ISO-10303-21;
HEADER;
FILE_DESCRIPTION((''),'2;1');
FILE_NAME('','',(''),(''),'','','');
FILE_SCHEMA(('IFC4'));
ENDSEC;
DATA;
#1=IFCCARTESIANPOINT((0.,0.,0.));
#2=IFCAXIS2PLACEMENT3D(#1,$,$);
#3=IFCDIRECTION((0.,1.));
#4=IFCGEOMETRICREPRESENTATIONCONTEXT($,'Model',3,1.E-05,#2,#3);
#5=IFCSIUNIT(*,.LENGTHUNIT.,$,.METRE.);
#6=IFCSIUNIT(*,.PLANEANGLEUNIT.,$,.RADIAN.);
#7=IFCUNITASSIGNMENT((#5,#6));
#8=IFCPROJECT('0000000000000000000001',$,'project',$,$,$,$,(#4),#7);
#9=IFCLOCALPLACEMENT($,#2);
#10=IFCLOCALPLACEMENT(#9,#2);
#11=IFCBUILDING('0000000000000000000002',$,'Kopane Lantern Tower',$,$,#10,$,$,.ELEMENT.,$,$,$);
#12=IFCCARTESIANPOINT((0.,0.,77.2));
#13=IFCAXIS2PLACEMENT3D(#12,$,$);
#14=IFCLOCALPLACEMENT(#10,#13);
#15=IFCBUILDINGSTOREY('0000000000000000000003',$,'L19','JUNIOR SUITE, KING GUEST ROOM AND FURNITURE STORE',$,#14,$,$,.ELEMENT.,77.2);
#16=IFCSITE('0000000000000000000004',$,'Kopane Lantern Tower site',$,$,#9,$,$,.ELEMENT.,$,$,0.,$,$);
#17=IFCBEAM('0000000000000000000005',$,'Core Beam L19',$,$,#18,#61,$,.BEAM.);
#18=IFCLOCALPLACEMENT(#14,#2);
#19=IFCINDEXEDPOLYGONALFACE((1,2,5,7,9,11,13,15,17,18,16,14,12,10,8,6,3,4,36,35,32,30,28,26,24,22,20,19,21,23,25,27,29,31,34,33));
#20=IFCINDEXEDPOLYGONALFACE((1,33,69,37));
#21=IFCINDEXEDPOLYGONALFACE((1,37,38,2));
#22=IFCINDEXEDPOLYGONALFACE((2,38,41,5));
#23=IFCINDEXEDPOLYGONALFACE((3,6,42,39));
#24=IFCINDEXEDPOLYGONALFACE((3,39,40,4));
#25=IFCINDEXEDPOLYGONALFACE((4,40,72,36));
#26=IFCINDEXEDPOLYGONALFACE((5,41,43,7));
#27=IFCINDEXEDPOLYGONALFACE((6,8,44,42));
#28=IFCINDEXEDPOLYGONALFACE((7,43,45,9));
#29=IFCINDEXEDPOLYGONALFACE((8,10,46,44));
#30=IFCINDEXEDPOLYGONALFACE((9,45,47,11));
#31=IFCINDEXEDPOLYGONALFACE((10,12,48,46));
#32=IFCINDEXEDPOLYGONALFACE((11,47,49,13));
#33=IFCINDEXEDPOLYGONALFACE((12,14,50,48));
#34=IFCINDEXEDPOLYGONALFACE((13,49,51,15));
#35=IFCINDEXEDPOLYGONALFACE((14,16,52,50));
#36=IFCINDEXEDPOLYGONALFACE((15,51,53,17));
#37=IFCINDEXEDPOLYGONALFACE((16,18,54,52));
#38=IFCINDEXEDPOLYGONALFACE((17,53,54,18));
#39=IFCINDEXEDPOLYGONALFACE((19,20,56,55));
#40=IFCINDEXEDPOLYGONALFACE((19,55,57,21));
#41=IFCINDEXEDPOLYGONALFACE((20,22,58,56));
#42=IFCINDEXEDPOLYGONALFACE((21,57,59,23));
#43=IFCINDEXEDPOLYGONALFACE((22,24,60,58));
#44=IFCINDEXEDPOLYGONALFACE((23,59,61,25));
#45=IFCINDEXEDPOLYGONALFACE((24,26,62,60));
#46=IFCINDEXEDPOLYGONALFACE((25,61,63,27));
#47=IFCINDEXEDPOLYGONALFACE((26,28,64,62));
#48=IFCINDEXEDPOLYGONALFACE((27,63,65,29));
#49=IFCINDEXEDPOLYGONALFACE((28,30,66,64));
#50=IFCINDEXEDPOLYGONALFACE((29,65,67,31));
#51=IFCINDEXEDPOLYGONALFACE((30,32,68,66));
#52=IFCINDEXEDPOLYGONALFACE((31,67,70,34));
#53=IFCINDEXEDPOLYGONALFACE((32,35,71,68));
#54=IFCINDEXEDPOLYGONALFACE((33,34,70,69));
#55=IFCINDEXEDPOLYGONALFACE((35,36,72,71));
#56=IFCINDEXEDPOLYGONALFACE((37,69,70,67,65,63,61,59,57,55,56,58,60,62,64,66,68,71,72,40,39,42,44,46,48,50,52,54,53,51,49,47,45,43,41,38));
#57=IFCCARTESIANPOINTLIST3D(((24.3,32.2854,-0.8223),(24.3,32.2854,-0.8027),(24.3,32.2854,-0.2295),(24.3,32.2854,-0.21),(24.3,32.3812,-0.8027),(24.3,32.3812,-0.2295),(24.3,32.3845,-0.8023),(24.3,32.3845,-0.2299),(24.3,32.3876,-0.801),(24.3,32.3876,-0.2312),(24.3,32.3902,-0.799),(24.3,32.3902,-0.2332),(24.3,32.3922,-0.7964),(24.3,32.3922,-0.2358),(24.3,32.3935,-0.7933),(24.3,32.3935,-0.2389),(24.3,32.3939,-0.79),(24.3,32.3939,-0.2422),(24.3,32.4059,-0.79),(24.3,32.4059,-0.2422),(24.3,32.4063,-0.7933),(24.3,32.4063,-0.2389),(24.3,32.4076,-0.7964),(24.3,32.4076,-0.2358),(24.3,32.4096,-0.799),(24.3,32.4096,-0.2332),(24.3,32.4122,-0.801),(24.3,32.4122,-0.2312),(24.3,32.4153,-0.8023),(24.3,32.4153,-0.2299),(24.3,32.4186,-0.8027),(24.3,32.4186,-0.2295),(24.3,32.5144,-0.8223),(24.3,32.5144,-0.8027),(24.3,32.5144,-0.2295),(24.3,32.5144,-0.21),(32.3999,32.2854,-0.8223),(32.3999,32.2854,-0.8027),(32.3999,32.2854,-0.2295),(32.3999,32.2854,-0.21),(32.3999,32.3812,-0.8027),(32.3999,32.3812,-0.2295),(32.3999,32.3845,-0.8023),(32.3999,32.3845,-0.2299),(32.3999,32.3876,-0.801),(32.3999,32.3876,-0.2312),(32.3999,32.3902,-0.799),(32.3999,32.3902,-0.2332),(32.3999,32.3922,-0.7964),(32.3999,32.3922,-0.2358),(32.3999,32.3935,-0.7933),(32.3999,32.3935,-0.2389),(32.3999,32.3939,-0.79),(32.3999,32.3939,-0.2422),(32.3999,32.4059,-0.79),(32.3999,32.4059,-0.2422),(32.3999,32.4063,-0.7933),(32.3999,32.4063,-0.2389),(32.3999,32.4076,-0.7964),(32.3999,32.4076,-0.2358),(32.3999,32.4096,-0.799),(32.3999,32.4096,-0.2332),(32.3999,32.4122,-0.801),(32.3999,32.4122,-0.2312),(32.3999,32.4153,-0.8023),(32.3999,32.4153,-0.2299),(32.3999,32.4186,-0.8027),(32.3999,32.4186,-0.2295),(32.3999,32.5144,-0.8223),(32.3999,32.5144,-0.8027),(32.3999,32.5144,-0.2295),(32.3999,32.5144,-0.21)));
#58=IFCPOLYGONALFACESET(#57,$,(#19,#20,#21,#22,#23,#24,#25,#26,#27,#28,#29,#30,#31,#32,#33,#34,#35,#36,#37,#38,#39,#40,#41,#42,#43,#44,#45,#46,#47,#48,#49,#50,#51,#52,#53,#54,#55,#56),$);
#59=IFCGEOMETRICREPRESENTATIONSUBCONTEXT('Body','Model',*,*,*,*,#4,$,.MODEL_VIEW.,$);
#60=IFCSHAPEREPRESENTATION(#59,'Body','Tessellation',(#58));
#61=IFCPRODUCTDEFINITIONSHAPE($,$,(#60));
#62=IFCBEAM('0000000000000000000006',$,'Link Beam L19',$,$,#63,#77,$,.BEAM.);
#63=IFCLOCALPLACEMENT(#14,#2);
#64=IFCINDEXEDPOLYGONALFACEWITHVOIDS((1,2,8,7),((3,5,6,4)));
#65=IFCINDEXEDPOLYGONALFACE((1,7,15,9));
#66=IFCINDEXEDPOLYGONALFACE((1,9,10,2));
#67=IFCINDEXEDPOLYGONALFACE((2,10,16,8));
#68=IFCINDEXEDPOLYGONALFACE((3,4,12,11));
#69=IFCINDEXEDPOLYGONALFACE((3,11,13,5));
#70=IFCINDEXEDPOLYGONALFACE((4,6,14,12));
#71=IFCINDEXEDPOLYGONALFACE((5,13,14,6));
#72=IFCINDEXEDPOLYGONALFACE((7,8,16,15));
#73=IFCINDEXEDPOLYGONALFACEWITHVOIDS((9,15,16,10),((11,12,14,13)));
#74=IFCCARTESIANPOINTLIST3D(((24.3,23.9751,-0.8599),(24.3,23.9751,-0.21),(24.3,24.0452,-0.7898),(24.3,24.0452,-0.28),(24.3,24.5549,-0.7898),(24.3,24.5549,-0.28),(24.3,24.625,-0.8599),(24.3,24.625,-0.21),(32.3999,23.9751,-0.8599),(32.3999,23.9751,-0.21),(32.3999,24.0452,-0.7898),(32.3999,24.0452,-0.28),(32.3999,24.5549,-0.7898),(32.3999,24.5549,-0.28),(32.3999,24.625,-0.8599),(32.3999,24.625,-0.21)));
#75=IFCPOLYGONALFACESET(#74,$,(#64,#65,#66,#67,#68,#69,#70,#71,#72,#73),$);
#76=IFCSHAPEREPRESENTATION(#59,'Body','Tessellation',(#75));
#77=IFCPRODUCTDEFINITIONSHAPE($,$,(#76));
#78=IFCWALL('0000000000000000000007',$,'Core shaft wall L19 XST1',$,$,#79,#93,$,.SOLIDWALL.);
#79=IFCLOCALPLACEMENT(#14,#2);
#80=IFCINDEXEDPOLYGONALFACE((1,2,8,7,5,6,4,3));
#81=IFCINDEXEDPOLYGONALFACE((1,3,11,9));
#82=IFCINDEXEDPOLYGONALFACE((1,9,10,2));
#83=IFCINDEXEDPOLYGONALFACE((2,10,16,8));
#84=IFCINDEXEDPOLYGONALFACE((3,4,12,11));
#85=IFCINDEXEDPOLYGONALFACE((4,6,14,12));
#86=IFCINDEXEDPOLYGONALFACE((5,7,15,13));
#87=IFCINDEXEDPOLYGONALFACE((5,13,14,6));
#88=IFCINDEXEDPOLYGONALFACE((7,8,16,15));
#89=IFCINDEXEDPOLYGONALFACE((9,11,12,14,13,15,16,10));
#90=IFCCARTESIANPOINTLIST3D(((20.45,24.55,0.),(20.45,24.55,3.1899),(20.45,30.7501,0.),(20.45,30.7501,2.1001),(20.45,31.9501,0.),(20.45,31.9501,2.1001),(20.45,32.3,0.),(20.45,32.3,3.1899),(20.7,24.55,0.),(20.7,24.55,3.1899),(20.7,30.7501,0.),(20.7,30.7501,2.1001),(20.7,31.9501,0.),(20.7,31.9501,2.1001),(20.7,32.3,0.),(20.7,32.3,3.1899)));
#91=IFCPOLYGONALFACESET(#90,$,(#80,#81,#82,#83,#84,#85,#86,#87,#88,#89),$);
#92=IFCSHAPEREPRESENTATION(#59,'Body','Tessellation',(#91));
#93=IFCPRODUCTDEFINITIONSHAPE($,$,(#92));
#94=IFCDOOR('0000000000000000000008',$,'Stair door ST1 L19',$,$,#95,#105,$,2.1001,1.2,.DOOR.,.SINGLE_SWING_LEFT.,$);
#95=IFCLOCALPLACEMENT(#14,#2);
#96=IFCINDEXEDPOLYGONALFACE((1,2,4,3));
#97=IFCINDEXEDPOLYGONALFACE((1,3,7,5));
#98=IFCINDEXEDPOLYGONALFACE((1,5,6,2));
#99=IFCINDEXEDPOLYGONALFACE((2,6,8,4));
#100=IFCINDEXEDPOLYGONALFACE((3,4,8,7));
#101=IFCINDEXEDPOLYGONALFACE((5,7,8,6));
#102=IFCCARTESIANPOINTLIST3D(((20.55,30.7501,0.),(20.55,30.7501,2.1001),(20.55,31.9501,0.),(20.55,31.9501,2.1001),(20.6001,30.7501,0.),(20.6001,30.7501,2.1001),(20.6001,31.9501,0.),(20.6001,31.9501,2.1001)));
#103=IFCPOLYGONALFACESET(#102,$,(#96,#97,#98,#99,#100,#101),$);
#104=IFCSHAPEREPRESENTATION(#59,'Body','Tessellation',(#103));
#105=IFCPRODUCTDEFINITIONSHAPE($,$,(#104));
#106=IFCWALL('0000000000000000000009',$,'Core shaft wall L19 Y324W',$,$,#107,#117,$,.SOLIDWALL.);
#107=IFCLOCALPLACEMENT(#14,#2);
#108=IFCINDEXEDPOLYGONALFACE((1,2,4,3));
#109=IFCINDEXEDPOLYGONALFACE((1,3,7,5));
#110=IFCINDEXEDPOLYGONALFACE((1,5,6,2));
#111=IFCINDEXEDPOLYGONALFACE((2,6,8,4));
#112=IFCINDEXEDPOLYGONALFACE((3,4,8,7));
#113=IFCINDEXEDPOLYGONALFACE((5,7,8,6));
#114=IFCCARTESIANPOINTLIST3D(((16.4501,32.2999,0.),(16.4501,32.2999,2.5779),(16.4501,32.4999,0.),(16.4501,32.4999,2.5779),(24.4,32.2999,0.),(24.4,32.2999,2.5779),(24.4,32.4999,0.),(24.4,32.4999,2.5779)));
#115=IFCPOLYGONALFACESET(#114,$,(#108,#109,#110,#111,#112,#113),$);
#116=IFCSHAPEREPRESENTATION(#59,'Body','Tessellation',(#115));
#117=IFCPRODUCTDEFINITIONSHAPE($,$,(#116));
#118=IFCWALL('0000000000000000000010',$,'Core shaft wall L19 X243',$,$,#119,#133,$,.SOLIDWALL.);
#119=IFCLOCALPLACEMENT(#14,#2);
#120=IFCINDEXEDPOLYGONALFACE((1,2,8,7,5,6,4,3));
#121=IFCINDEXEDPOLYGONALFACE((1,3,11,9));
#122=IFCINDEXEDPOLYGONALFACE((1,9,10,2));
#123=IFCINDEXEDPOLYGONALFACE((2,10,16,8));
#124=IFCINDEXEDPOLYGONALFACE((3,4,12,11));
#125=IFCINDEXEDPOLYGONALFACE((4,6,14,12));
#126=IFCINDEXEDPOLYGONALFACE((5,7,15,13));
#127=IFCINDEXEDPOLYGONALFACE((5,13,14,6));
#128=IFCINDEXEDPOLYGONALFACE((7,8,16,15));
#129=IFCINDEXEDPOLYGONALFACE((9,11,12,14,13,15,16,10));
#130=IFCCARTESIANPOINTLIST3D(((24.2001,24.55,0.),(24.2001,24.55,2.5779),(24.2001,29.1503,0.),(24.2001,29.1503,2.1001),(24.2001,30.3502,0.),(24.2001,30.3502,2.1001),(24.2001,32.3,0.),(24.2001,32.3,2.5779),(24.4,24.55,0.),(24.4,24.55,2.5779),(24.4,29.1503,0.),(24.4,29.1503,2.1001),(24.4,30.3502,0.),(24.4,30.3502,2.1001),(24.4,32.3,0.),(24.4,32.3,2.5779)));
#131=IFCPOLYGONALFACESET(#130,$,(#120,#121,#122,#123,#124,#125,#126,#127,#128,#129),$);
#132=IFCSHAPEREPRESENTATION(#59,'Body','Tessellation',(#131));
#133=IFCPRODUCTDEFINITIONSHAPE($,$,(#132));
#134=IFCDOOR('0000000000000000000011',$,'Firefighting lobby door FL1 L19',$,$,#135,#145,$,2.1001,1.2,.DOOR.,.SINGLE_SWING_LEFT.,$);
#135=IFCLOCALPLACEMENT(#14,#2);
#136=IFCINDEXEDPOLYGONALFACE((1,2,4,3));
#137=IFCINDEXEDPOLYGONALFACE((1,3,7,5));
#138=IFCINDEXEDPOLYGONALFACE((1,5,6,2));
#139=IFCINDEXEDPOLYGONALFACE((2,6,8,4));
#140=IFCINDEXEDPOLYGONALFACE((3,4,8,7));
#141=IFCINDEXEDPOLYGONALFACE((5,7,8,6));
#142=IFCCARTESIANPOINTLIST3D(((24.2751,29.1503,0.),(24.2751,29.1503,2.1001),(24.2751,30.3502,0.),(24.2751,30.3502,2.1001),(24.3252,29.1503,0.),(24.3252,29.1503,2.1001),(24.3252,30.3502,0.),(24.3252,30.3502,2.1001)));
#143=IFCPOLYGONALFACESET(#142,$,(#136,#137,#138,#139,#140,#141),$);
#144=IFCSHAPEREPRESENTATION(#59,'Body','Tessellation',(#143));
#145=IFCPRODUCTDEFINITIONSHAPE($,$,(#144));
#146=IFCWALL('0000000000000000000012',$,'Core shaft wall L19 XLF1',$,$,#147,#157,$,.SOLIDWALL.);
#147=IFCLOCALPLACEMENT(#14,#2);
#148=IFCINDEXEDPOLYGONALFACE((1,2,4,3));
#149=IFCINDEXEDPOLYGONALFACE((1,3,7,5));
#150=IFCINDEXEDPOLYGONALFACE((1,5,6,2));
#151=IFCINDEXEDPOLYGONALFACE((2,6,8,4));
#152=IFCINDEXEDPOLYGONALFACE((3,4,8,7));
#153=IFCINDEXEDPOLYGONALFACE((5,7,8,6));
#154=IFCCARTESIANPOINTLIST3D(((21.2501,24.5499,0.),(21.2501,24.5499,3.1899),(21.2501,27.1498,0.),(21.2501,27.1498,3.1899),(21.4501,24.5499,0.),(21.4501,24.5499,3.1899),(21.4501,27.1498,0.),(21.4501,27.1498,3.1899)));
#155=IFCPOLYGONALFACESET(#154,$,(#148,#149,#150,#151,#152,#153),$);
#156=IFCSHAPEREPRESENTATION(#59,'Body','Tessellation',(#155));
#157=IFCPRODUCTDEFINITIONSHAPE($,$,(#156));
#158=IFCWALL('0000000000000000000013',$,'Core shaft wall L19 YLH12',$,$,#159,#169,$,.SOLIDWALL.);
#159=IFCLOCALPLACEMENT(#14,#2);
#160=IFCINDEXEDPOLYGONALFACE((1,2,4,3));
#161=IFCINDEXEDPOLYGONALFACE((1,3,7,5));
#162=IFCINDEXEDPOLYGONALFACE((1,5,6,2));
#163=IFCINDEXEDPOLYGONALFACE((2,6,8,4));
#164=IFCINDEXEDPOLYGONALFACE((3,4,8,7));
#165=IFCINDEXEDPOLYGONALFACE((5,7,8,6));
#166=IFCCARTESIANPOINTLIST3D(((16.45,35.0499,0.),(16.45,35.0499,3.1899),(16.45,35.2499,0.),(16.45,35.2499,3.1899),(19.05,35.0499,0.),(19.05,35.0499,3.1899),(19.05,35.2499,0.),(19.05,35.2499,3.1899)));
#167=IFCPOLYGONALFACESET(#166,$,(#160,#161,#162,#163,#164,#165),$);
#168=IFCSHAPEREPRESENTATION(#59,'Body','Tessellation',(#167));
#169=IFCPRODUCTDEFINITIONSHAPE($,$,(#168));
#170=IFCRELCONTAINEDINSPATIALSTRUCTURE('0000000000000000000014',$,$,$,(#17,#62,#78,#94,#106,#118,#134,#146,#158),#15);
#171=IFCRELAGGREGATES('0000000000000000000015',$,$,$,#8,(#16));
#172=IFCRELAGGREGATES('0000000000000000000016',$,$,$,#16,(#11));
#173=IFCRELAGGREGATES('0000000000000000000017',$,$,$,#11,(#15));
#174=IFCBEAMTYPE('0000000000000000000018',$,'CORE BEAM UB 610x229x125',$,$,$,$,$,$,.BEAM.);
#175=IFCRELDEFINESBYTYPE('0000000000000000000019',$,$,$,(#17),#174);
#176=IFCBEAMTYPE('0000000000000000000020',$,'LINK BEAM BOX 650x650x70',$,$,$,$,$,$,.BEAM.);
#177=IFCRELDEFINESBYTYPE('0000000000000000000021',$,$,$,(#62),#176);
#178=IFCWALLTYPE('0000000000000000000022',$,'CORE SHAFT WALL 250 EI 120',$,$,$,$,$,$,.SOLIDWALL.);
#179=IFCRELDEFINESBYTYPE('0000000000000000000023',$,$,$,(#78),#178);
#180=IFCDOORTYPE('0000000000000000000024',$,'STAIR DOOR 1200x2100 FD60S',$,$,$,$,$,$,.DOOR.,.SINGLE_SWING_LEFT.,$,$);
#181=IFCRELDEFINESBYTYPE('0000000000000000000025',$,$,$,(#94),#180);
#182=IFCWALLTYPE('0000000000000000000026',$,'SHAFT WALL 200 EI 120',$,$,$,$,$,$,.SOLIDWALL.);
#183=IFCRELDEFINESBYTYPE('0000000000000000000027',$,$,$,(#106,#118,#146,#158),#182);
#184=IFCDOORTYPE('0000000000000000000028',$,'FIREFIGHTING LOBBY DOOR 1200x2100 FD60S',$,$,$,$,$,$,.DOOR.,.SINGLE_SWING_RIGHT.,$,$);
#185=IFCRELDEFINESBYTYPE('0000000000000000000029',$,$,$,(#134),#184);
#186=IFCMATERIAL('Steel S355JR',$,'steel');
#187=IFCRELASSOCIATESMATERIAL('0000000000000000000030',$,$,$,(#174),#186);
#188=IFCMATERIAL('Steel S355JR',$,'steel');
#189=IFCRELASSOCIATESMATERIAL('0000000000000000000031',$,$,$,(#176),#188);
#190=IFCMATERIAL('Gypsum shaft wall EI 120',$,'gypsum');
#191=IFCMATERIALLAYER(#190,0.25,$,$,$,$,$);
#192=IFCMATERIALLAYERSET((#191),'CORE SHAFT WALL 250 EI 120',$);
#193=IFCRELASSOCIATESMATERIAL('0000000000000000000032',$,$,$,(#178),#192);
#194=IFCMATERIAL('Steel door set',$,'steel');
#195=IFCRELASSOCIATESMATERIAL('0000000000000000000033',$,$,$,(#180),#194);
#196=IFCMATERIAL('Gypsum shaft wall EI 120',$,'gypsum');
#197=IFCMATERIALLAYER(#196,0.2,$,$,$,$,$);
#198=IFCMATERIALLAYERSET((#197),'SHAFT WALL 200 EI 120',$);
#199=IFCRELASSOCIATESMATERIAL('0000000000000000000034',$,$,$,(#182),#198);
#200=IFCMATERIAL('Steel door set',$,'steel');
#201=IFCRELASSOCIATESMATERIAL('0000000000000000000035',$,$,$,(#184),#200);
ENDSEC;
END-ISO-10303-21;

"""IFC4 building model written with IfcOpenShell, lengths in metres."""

from ifc_helpers import new_model, si_unit, direction, frame, frame_2d, origin, origin_2d, place, context, subcontext, project, spatial, rectangle, hollow_rectangle, i_section, extrude, material, layer, layer_set, material_profile, profile_set, type_object, element, fill, save


model = new_model("IFC4")

# Units and contexts
model_context = context("Model", 3, precision=1e-05, world=origin(), true_north=direction((0.0, 1.0)))
body_context = subcontext(model_context, "Body", "Model", "MODEL_VIEW")
ifc_project = project(units=[si_unit("LENGTHUNIT", "METRE"), si_unit("PLANEANGLEUNIT", "RADIAN")], contexts=[model_context])

# Site, building, storey
site_placement = place(None, origin())
site = spatial("IfcSite", under=ifc_project, at=site_placement, Name="Kopane Lantern Tower site", CompositionType="ELEMENT", RefElevation=0.0)
building_placement = place(site_placement, origin())
building = spatial("IfcBuilding", under=site, at=building_placement, Name="Kopane Lantern Tower", CompositionType="ELEMENT")
storey_placement = place(building_placement, frame((0.0, 0.0, 77.2)))
storey = spatial("IfcBuildingStorey", under=building, at=storey_placement, Name="L19", Description="JUNIOR SUITE, KING GUEST ROOM AND FURNITURE STORE", CompositionType="ELEMENT", Elevation=77.2)

# Beams
ifc_material_1 = material(Name="Steel S355JR", Category="steel")
ifc_material_profile_1 = material_profile(ifc_material_1, i_section(OverallWidth=0.229, OverallDepth=0.6123, WebThickness=0.012, FlangeThickness=0.0195, FilletRadius=0.0127, at=origin_2d()), Name="UB 610x229x125")
ifc_profile_set_1 = profile_set([ifc_material_profile_1], Name="Steel S355JR")
beam_type_1 = type_object("IfcBeamType", Name="CORE BEAM UB 610x229x125", PredefinedType="BEAM", material=ifc_profile_set_1)
beam_1_placement = place(storey_placement, frame((24.3, 32.3999, -0.5161), z_axis=(1.0, 0.0, 0.0), x_axis=(0.0, 1.0, 0.0)))
element("IfcBeam", 1, at=beam_1_placement, inside=storey, type_object=beam_type_1, Name="Core Beam L19", PredefinedType="BEAM", context=body_context, shape_type="SweptSolid", body=[
    extrude(i_section(OverallWidth=0.229, OverallDepth=0.6123, WebThickness=0.012, FlangeThickness=0.0195, FilletRadius=0.0127, at=origin_2d()), origin(), (0.0, 0.0, 1.0), 8.0999),
])
ifc_material_2 = material(Name="Steel S355JR", Category="steel")
ifc_material_profile_2 = material_profile(ifc_material_2, hollow_rectangle(XDim=0.6499, YDim=0.6499, WallThickness=0.0701, at=origin_2d()), Name="BOX 650x650x70")
ifc_profile_set_2 = profile_set([ifc_material_profile_2], Name="Steel S355JR")
beam_type_2 = type_object("IfcBeamType", Name="LINK BEAM BOX 650x650x70", PredefinedType="BEAM", material=ifc_profile_set_2)
beam_2_placement = place(storey_placement, frame((24.3, 24.3, -0.5349), z_axis=(1.0, 0.0, 0.0), x_axis=(0.0, 1.0, 0.0)))
element("IfcBeam", 2, at=beam_2_placement, inside=storey, type_object=beam_type_2, Name="Link Beam L19", PredefinedType="BEAM", context=body_context, shape_type="SweptSolid", body=[
    extrude(hollow_rectangle(XDim=0.6499, YDim=0.6499, WallThickness=0.0701, at=origin_2d()), origin(), (0.0, 0.0, 1.0), 8.0999),
])

# Wall, opening, door
ifc_material_3 = material(Name="Gypsum shaft wall EI 120", Category="gypsum")
ifc_layer_1 = layer(ifc_material_3, 0.25)
ifc_layer_set_1 = layer_set([ifc_layer_1], Name="CORE SHAFT WALL 250 EI 120")
wall_type_1 = type_object("IfcWallType", Name="CORE SHAFT WALL 250 EI 120", PredefinedType="SOLIDWALL", material=ifc_layer_set_1)
wall_1_placement = place(storey_placement, frame((20.575, 24.55, 0.0), z_axis=(0.0, 0.0, 1.0), x_axis=(0.0, 1.0, 0.0)))
wall_1 = element("IfcWall", 3, at=wall_1_placement, inside=storey, type_object=wall_type_1, Name="Core shaft wall L19 XST1", PredefinedType="SOLIDWALL", context=body_context, shape_type="SweptSolid", body=[
    extrude(rectangle(XDim=7.75, YDim=0.25, at=frame_2d((3.875, 0.0))), origin(), (0.0, 0.0, 1.0), 3.1899),
])
opening_1_placement = place(wall_1_placement, frame((6.2, 0.0, 0.0)))
opening_1 = element("IfcOpeningElement", 4, at=opening_1_placement, cuts=wall_1, PredefinedType="OPENING", context=body_context, shape_type="SweptSolid", body=[
    extrude(rectangle(XDim=1.2, YDim=2.1001, at=frame_2d((0.6001, 1.05))), frame((0.0, 0.135, 0.0), z_axis=(0.0, -1.0, 0.0), x_axis=(1.0, 0.0, 0.0)), (0.0, 0.0, 1.0), 0.27),
])
ifc_material_4 = material(Name="Steel door set", Category="steel")
door_type_1 = type_object("IfcDoorType", Name="STAIR DOOR 1200x2100 FD60S", OperationType="SINGLE_SWING_LEFT", PredefinedType="DOOR", material=ifc_material_4)
door_1_placement = place(opening_1_placement, origin())
door_1 = element("IfcDoor", 5, at=door_1_placement, inside=storey, type_object=door_type_1, Name="Stair door ST1 L19", OperationType="SINGLE_SWING_LEFT", OverallHeight=2.1001, OverallWidth=1.2, PredefinedType="DOOR", context=body_context, shape_type="SweptSolid", body=[
    extrude(rectangle(XDim=1.2, YDim=2.1001, at=frame_2d((0.6001, 1.05))), frame((0.0, 0.0249, 0.0), z_axis=(0.0, -1.0, 0.0), x_axis=(1.0, 0.0, 0.0)), (0.0, 0.0, 1.0), 0.05),
])
fill(opening_1, door_1)

# Wall
ifc_material_5 = material(Name="Gypsum shaft wall EI 120", Category="gypsum")
ifc_layer_2 = layer(ifc_material_5, 0.2)
ifc_layer_set_2 = layer_set([ifc_layer_2], Name="SHAFT WALL 200 EI 120")
wall_type_2 = type_object("IfcWallType", Name="SHAFT WALL 200 EI 120", PredefinedType="SOLIDWALL", material=ifc_layer_set_2)
wall_2_placement = place(storey_placement, frame((16.45, 32.3999, 0.0), z_axis=(0.0, 0.0, 1.0), x_axis=(1.0, 0.0, 0.0)))
element("IfcWall", 6, at=wall_2_placement, inside=storey, type_object=wall_type_2, Name="Core shaft wall L19 Y324W", PredefinedType="SOLIDWALL", context=body_context, shape_type="SweptSolid", body=[
    extrude(rectangle(XDim=7.95, YDim=0.2, at=frame_2d((3.9751, 0.0))), origin(), (0.0, 0.0, 1.0), 2.5779),
])

# Wall, opening, door
wall_3_placement = place(storey_placement, frame((24.3, 24.55, 0.0), z_axis=(0.0, 0.0, 1.0), x_axis=(0.0, 1.0, 0.0)))
wall_3 = element("IfcWall", 7, at=wall_3_placement, inside=storey, type_object=wall_type_2, Name="Core shaft wall L19 X243", PredefinedType="SOLIDWALL", context=body_context, shape_type="SweptSolid", body=[
    extrude(rectangle(XDim=7.75, YDim=0.2, at=frame_2d((3.875, 0.0))), origin(), (0.0, 0.0, 1.0), 2.5779),
])
opening_2_placement = place(wall_3_placement, frame((4.6001, 0.0, 0.0)))
opening_2 = element("IfcOpeningElement", 8, at=opening_2_placement, cuts=wall_3, PredefinedType="OPENING", context=body_context, shape_type="SweptSolid", body=[
    extrude(rectangle(XDim=1.2, YDim=2.1001, at=frame_2d((0.6001, 1.05))), frame((0.0, 0.1099, 0.0), z_axis=(0.0, -1.0, 0.0), x_axis=(1.0, 0.0, 0.0)), (0.0, 0.0, 1.0), 0.22),
])
ifc_material_6 = material(Name="Steel door set", Category="steel")
door_type_2 = type_object("IfcDoorType", Name="FIREFIGHTING LOBBY DOOR 1200x2100 FD60S", OperationType="SINGLE_SWING_RIGHT", PredefinedType="DOOR", material=ifc_material_6)
door_2_placement = place(opening_2_placement, origin())
door_2 = element("IfcDoor", 9, at=door_2_placement, inside=storey, type_object=door_type_2, Name="Firefighting lobby door FL1 L19", OperationType="SINGLE_SWING_LEFT", OverallHeight=2.1001, OverallWidth=1.2, PredefinedType="DOOR", context=body_context, shape_type="SweptSolid", body=[
    extrude(rectangle(XDim=1.2, YDim=2.1001, at=frame_2d((0.6001, 1.05))), frame((0.0, 0.0249, 0.0), z_axis=(0.0, -1.0, 0.0), x_axis=(1.0, 0.0, 0.0)), (0.0, 0.0, 1.0), 0.05),
])
fill(opening_2, door_2)

# Walls
wall_4_placement = place(storey_placement, frame((21.3501, 24.55, 0.0), z_axis=(0.0, 0.0, 1.0), x_axis=(0.0, 1.0, 0.0)))
element("IfcWall", 10, at=wall_4_placement, inside=storey, type_object=wall_type_2, Name="Core shaft wall L19 XLF1", PredefinedType="SOLIDWALL", context=body_context, shape_type="SweptSolid", body=[
    extrude(rectangle(XDim=2.5999, YDim=0.2, at=frame_2d((1.2998, 0.0))), origin(), (0.0, 0.0, 1.0), 3.1899),
])
wall_5_placement = place(storey_placement, frame((16.45, 35.1499, 0.0), z_axis=(0.0, 0.0, 1.0), x_axis=(1.0, 0.0, 0.0)))
element("IfcWall", 11, at=wall_5_placement, inside=storey, type_object=wall_type_2, Name="Core shaft wall L19 YLH12", PredefinedType="SOLIDWALL", context=body_context, shape_type="SweptSolid", body=[
    extrude(rectangle(XDim=2.6001, YDim=0.2, at=frame_2d((1.3, 0.0))), origin(), (0.0, 0.0, 1.0), 3.1899),
])

save(model, "model.ifc")
